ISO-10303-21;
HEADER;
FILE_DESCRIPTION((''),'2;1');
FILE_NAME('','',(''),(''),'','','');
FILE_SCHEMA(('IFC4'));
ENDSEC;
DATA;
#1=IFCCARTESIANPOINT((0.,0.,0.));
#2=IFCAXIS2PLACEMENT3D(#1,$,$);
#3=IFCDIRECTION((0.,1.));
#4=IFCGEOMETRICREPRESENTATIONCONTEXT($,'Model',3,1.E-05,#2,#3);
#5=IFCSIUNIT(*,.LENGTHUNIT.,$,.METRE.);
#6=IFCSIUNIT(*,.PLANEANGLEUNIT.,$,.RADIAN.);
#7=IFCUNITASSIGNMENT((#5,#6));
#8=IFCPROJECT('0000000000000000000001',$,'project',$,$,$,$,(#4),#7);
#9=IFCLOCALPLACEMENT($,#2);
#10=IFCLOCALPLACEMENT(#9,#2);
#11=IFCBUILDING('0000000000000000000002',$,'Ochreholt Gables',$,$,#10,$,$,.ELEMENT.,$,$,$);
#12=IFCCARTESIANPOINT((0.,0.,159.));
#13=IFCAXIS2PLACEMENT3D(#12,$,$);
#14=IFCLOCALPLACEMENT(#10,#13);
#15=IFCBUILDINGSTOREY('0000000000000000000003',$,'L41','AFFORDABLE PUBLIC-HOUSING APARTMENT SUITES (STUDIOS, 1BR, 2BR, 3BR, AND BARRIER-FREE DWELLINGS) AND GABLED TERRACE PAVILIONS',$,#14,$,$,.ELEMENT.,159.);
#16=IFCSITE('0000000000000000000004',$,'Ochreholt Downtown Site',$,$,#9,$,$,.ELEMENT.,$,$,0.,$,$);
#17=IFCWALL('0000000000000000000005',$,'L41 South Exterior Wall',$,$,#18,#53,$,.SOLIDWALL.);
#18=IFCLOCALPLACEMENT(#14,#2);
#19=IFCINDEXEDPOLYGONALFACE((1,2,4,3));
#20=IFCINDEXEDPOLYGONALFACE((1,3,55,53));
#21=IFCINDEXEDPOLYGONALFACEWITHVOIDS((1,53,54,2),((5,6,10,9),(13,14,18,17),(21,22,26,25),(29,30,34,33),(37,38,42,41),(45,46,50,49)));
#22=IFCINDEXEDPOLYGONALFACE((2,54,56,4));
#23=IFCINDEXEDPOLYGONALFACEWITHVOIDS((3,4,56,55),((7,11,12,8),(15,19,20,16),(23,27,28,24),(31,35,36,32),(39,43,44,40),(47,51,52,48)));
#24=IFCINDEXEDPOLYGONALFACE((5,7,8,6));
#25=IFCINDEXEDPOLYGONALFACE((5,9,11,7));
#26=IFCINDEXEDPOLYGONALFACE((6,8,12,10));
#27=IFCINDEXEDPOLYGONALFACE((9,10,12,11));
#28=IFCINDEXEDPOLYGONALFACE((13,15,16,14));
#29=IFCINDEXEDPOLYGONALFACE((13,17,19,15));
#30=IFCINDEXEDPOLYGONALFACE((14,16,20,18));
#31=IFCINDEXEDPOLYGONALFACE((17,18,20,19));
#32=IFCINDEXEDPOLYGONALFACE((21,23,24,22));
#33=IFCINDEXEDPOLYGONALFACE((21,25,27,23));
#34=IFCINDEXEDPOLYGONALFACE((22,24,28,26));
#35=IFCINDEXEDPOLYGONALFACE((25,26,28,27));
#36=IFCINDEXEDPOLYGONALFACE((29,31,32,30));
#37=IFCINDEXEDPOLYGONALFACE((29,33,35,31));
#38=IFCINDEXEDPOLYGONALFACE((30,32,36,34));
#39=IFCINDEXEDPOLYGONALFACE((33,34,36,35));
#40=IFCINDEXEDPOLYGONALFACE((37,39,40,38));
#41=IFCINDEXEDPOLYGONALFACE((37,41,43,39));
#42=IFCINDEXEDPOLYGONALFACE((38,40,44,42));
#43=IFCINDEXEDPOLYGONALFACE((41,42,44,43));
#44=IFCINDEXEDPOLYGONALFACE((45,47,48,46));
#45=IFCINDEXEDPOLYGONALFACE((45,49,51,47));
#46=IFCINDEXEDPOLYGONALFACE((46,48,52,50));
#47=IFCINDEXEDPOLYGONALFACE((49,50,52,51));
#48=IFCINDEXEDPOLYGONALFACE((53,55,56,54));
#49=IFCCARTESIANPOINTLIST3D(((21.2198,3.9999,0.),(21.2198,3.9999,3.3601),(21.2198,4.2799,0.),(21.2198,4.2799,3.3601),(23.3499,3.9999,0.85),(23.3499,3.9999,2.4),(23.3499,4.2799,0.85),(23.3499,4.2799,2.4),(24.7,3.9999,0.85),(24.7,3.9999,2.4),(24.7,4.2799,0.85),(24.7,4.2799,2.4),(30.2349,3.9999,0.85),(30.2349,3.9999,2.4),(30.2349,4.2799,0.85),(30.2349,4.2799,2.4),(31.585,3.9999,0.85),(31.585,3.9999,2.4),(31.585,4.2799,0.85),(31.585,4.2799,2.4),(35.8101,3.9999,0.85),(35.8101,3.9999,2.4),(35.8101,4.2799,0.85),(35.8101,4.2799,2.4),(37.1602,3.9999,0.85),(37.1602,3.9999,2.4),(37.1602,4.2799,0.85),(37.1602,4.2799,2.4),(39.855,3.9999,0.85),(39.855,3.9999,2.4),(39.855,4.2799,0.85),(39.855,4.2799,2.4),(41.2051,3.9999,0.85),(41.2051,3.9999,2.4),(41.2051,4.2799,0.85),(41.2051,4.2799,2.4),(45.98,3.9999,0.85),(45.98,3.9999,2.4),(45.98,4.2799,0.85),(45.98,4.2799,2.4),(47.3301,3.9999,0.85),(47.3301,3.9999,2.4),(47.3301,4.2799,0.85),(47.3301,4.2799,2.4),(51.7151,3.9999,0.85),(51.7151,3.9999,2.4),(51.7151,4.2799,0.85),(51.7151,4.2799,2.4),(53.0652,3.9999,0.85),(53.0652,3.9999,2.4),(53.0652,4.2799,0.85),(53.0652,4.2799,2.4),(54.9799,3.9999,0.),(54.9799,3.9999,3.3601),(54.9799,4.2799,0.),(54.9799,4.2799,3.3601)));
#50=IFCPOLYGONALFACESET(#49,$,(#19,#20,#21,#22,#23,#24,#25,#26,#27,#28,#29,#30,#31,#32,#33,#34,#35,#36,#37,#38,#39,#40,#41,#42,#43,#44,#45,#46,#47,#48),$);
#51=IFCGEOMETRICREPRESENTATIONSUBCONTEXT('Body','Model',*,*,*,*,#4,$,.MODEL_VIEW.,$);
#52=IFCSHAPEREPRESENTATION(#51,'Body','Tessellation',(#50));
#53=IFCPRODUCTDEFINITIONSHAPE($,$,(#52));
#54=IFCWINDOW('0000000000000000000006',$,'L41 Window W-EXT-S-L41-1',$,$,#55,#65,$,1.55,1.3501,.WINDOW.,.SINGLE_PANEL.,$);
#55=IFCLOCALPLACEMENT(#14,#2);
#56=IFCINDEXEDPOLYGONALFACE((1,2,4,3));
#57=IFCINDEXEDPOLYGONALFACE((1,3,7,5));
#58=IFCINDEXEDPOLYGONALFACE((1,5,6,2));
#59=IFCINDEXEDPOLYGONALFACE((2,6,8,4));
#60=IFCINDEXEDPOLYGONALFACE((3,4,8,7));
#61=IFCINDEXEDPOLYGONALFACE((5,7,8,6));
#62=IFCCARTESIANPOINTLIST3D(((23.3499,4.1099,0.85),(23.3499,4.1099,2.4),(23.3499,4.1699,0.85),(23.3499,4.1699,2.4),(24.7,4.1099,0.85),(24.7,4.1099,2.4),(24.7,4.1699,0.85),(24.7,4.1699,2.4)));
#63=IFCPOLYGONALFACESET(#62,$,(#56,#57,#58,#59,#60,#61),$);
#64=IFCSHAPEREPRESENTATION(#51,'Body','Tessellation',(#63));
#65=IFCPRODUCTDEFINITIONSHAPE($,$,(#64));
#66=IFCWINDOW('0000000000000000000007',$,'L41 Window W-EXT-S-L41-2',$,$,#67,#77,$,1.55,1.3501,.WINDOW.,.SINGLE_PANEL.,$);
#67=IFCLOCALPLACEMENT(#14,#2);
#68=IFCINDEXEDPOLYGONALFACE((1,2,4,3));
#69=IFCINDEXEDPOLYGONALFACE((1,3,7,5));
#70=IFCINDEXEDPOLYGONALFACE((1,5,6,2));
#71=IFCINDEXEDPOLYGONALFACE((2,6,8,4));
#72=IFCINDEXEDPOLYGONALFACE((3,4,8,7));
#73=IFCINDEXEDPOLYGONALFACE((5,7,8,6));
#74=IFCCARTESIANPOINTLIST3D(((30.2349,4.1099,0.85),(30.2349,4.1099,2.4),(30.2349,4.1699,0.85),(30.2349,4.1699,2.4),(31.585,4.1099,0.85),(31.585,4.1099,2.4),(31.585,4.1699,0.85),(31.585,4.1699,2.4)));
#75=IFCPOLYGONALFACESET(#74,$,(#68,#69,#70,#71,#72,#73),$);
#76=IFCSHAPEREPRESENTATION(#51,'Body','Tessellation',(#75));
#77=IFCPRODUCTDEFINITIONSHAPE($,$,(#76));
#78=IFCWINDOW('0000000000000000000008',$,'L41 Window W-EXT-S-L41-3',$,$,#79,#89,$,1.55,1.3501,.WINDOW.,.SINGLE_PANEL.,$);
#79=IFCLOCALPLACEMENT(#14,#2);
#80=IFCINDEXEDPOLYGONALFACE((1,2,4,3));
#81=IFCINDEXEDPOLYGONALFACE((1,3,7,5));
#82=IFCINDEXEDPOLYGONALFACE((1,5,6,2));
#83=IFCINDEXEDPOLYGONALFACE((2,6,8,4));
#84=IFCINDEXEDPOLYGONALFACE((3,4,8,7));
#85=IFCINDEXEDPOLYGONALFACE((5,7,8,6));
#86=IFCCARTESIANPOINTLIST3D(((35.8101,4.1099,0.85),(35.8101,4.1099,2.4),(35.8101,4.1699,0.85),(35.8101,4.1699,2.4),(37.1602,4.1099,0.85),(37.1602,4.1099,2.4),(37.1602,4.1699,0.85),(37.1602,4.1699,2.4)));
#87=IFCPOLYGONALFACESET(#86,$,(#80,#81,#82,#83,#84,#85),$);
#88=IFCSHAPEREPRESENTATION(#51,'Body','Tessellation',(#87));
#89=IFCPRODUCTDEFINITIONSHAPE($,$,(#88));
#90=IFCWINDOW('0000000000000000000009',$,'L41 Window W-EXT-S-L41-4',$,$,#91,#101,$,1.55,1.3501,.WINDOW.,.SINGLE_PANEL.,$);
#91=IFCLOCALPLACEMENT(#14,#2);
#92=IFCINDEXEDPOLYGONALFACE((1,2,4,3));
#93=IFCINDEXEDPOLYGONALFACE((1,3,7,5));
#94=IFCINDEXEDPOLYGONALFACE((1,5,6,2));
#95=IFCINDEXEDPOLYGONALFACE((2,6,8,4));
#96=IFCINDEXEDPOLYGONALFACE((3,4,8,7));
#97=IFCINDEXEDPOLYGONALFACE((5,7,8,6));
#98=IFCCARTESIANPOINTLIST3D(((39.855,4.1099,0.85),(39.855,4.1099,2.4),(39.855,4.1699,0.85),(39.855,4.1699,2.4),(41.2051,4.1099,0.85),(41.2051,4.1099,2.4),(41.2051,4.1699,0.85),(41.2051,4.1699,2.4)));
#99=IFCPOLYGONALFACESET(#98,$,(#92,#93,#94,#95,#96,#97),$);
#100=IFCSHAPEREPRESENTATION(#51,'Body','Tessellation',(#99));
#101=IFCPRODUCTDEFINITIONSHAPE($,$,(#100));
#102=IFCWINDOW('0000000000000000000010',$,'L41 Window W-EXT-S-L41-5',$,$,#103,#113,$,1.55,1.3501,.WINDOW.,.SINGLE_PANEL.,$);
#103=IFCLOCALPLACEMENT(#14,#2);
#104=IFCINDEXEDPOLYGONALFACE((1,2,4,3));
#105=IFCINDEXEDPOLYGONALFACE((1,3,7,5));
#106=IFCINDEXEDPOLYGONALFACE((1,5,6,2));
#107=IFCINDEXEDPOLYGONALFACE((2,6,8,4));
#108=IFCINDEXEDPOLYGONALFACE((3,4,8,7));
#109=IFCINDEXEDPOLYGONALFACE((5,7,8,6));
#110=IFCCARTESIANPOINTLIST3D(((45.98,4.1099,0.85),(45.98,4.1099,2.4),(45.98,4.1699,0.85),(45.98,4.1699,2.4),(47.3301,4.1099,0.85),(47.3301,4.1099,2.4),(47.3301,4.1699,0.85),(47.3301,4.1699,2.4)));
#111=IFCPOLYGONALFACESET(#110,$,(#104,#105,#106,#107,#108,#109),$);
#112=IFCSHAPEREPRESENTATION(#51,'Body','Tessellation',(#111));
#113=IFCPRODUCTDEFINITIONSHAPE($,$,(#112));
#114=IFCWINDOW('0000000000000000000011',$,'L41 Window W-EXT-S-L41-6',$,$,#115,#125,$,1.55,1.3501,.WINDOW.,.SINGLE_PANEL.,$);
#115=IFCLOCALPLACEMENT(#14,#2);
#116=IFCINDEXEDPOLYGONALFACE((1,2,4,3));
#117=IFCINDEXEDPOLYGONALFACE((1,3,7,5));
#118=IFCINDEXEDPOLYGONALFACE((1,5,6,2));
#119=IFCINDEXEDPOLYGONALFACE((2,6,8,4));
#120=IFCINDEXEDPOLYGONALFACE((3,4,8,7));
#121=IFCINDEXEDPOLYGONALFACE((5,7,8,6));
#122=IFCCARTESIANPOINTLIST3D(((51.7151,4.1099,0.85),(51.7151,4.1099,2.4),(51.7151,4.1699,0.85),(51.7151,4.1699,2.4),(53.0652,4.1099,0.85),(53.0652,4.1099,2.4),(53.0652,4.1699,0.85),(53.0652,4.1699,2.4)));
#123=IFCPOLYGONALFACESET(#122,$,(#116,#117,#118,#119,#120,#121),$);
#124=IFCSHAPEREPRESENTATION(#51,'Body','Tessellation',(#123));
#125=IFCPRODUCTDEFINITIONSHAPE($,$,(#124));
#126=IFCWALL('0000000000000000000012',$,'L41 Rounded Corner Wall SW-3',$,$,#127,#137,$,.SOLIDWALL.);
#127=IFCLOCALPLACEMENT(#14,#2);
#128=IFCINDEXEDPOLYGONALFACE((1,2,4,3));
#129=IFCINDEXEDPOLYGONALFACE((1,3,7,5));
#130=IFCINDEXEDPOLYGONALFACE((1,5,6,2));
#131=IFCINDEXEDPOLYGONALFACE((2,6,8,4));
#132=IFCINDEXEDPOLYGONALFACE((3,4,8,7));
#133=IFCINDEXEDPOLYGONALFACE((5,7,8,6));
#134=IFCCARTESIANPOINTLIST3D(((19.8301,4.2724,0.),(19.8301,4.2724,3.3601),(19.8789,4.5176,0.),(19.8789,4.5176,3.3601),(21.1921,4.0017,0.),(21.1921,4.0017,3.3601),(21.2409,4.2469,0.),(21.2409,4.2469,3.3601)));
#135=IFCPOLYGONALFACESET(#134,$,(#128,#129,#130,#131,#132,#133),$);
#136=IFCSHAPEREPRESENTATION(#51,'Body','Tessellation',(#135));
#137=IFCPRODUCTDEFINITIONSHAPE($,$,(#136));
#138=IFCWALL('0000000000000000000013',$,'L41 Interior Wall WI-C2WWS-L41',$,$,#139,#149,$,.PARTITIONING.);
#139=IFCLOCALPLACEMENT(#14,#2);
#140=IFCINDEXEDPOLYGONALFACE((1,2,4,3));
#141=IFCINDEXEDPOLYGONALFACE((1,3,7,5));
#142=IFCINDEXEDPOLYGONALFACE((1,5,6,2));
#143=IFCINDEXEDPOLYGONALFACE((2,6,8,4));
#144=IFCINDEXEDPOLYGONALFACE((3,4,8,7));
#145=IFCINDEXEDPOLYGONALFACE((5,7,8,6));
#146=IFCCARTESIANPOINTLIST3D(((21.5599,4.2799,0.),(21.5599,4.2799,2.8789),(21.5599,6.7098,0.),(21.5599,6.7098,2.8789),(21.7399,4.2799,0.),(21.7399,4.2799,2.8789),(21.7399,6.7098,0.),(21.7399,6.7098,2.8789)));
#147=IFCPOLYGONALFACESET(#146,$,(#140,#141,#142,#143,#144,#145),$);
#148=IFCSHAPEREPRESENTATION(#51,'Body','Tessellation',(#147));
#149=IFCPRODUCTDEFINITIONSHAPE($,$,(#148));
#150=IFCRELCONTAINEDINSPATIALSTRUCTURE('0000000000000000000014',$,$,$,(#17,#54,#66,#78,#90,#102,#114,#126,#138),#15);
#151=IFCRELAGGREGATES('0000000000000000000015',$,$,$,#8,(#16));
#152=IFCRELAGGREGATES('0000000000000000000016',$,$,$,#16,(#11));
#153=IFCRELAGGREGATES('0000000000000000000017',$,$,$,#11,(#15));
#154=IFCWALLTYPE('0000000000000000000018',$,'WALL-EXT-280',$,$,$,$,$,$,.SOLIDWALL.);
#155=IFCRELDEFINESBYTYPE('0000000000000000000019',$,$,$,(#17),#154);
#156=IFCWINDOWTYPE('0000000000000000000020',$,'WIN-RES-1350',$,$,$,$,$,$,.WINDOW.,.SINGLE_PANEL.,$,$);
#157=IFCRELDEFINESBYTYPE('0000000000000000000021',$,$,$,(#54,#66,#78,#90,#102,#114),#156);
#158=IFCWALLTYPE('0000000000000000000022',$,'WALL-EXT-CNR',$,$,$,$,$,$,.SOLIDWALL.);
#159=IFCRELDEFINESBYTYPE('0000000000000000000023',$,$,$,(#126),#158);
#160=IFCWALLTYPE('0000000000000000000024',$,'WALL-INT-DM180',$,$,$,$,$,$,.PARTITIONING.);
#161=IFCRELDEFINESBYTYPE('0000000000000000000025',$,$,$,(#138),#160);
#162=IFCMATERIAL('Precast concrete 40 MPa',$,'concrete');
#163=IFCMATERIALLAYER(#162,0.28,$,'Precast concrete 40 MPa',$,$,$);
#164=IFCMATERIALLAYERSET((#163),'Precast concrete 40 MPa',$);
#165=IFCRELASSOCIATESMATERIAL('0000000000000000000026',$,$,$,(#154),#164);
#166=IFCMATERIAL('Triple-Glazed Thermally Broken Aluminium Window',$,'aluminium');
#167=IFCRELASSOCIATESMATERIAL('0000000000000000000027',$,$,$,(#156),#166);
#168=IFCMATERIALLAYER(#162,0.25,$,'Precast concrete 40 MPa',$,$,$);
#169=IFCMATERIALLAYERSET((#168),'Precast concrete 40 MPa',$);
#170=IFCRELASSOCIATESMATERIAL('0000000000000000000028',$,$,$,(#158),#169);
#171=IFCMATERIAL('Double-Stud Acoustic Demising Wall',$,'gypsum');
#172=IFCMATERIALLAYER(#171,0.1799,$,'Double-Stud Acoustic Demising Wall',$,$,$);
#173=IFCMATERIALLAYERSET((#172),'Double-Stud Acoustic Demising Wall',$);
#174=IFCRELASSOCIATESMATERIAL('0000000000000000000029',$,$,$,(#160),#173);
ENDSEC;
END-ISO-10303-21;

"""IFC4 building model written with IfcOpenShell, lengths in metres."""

from ifc_helpers import new_model, si_unit, direction, frame, frame_2d, origin, place, context, subcontext, project, spatial, rectangle, extrude, material, layer, layer_set, type_object, element, fill, save


model = new_model("IFC4")

# Units and contexts
model_context = context("Model", 3, precision=1e-05, world=origin(), true_north=direction((0.0, 1.0)))
body_context = subcontext(model_context, "Body", "Model", "MODEL_VIEW")
ifc_project = project(units=[si_unit("LENGTHUNIT", "METRE"), si_unit("PLANEANGLEUNIT", "RADIAN")], contexts=[model_context])

# Site, building, storey
site_placement = place(None, origin())
site = spatial("IfcSite", under=ifc_project, at=site_placement, Name="Ochreholt Downtown Site", CompositionType="ELEMENT", RefElevation=0.0)
building_placement = place(site_placement, origin())
building = spatial("IfcBuilding", under=site, at=building_placement, Name="Ochreholt Gables", CompositionType="ELEMENT")
storey_placement = place(building_placement, frame((0.0, 0.0, 159.0)))
storey = spatial("IfcBuildingStorey", under=building, at=storey_placement, Name="L41", Description="AFFORDABLE PUBLIC-HOUSING APARTMENT SUITES (STUDIOS, 1BR, 2BR, 3BR, AND BARRIER-FREE DWELLINGS) AND GABLED TERRACE PAVILIONS", CompositionType="ELEMENT", Elevation=159.0)

# Wall, openings, windows
ifc_material_1 = material(Name="Precast concrete 40 MPa", Category="concrete")
ifc_layer_1 = layer(ifc_material_1, 0.28, Name="Precast concrete 40 MPa")
ifc_layer_set_1 = layer_set([ifc_layer_1], Name="Precast concrete 40 MPa")
wall_type_1 = type_object("IfcWallType", Name="WALL-EXT-280", PredefinedType="SOLIDWALL", material=ifc_layer_set_1)
wall_1_placement = place(storey_placement, frame((21.22, 4.1399, 0.0), z_axis=(0.0, 0.0, 1.0), x_axis=(1.0, 0.0, 0.0)))
wall_1 = element("IfcWall", 1, at=wall_1_placement, inside=storey, type_object=wall_type_1, Name="L41 South Exterior Wall", PredefinedType="SOLIDWALL", context=body_context, shape_type="SweptSolid", body=[
    extrude(rectangle(XDim=33.76, YDim=0.28, at=frame_2d((16.8799, 0.0))), origin(), (0.0, 0.0, 1.0), 3.3601),
])
opening_1_placement = place(wall_1_placement, frame((2.1299, 0.0, 0.8501)))
opening_1 = element("IfcOpeningElement", 2, at=opening_1_placement, cuts=wall_1, PredefinedType="OPENING", context=body_context, shape_type="SweptSolid", body=[
    extrude(rectangle(XDim=1.3501, YDim=1.55, at=frame_2d((0.675, 0.7749))), frame((0.0, 0.1499, 0.0), z_axis=(0.0, -1.0, 0.0), x_axis=(1.0, 0.0, 0.0)), (0.0, 0.0, 1.0), 0.3),
])
opening_2_placement = place(wall_1_placement, frame((9.0149, 0.0, 0.8501)))
opening_2 = element("IfcOpeningElement", 3, at=opening_2_placement, cuts=wall_1, PredefinedType="OPENING", context=body_context, shape_type="SweptSolid", body=[
    extrude(rectangle(XDim=1.3501, YDim=1.55, at=frame_2d((0.675, 0.7749))), frame((0.0, 0.1499, 0.0), z_axis=(0.0, -1.0, 0.0), x_axis=(1.0, 0.0, 0.0)), (0.0, 0.0, 1.0), 0.3),
])
opening_3_placement = place(wall_1_placement, frame((14.5901, 0.0, 0.8501)))
opening_3 = element("IfcOpeningElement", 4, at=opening_3_placement, cuts=wall_1, PredefinedType="OPENING", context=body_context, shape_type="SweptSolid", body=[
    extrude(rectangle(XDim=1.3501, YDim=1.55, at=frame_2d((0.675, 0.7749))), frame((0.0, 0.1499, 0.0), z_axis=(0.0, -1.0, 0.0), x_axis=(1.0, 0.0, 0.0)), (0.0, 0.0, 1.0), 0.3),
])
opening_4_placement = place(wall_1_placement, frame((18.635, 0.0, 0.8501)))
opening_4 = element("IfcOpeningElement", 5, at=opening_4_placement, cuts=wall_1, PredefinedType="OPENING", context=body_context, shape_type="SweptSolid", body=[
    extrude(rectangle(XDim=1.3501, YDim=1.55, at=frame_2d((0.675, 0.7749))), frame((0.0, 0.1499, 0.0), z_axis=(0.0, -1.0, 0.0), x_axis=(1.0, 0.0, 0.0)), (0.0, 0.0, 1.0), 0.3),
])
opening_5_placement = place(wall_1_placement, frame((24.76, 0.0, 0.8501)))
opening_5 = element("IfcOpeningElement", 6, at=opening_5_placement, cuts=wall_1, PredefinedType="OPENING", context=body_context, shape_type="SweptSolid", body=[
    extrude(rectangle(XDim=1.3501, YDim=1.55, at=frame_2d((0.675, 0.7749))), frame((0.0, 0.1499, 0.0), z_axis=(0.0, -1.0, 0.0), x_axis=(1.0, 0.0, 0.0)), (0.0, 0.0, 1.0), 0.3),
])
opening_6_placement = place(wall_1_placement, frame((30.4951, 0.0, 0.8501)))
opening_6 = element("IfcOpeningElement", 7, at=opening_6_placement, cuts=wall_1, PredefinedType="OPENING", context=body_context, shape_type="SweptSolid", body=[
    extrude(rectangle(XDim=1.3501, YDim=1.55, at=frame_2d((0.675, 0.7749))), frame((0.0, 0.1499, 0.0), z_axis=(0.0, -1.0, 0.0), x_axis=(1.0, 0.0, 0.0)), (0.0, 0.0, 1.0), 0.3),
])
ifc_material_2 = material(Name="Triple-Glazed Thermally Broken Aluminium Window", Category="aluminium")
window_type = type_object("IfcWindowType", Name="WIN-RES-1350", PartitioningType="SINGLE_PANEL", PredefinedType="WINDOW", material=ifc_material_2)
window_1_placement = place(opening_1_placement, origin())
window_1 = element("IfcWindow", 8, at=window_1_placement, inside=storey, type_object=window_type, Name="L41 Window W-EXT-S-L41-1", OverallHeight=1.55, OverallWidth=1.3501, PartitioningType="SINGLE_PANEL", PredefinedType="WINDOW", context=body_context, shape_type="SweptSolid", body=[
    extrude(rectangle(XDim=1.3501, YDim=1.55, at=frame_2d((0.675, 0.7749))), frame((0.0, 0.03, 0.0), z_axis=(0.0, -1.0, 0.0), x_axis=(1.0, 0.0, 0.0)), (0.0, 0.0, 1.0), 0.0601),
])
fill(opening_1, window_1)
window_2_placement = place(opening_2_placement, origin())
window_2 = element("IfcWindow", 9, at=window_2_placement, inside=storey, type_object=window_type, Name="L41 Window W-EXT-S-L41-2", OverallHeight=1.55, OverallWidth=1.3501, PartitioningType="SINGLE_PANEL", PredefinedType="WINDOW", context=body_context, shape_type="SweptSolid", body=[
    extrude(rectangle(XDim=1.3501, YDim=1.55, at=frame_2d((0.675, 0.7749))), frame((0.0, 0.03, 0.0), z_axis=(0.0, -1.0, 0.0), x_axis=(1.0, 0.0, 0.0)), (0.0, 0.0, 1.0), 0.0601),
])
fill(opening_2, window_2)
window_3_placement = place(opening_3_placement, origin())
window_3 = element("IfcWindow", 10, at=window_3_placement, inside=storey, type_object=window_type, Name="L41 Window W-EXT-S-L41-3", OverallHeight=1.55, OverallWidth=1.3501, PartitioningType="SINGLE_PANEL", PredefinedType="WINDOW", context=body_context, shape_type="SweptSolid", body=[
    extrude(rectangle(XDim=1.3501, YDim=1.55, at=frame_2d((0.675, 0.7749))), frame((0.0, 0.03, 0.0), z_axis=(0.0, -1.0, 0.0), x_axis=(1.0, 0.0, 0.0)), (0.0, 0.0, 1.0), 0.0601),
])
fill(opening_3, window_3)
window_4_placement = place(opening_4_placement, origin())
window_4 = element("IfcWindow", 11, at=window_4_placement, inside=storey, type_object=window_type, Name="L41 Window W-EXT-S-L41-4", OverallHeight=1.55, OverallWidth=1.3501, PartitioningType="SINGLE_PANEL", PredefinedType="WINDOW", context=body_context, shape_type="SweptSolid", body=[
    extrude(rectangle(XDim=1.3501, YDim=1.55, at=frame_2d((0.675, 0.7749))), frame((0.0, 0.03, 0.0), z_axis=(0.0, -1.0, 0.0), x_axis=(1.0, 0.0, 0.0)), (0.0, 0.0, 1.0), 0.0601),
])
fill(opening_4, window_4)
window_5_placement = place(opening_5_placement, origin())
window_5 = element("IfcWindow", 12, at=window_5_placement, inside=storey, type_object=window_type, Name="L41 Window W-EXT-S-L41-5", OverallHeight=1.55, OverallWidth=1.3501, PartitioningType="SINGLE_PANEL", PredefinedType="WINDOW", context=body_context, shape_type="SweptSolid", body=[
    extrude(rectangle(XDim=1.3501, YDim=1.55, at=frame_2d((0.675, 0.7749))), frame((0.0, 0.03, 0.0), z_axis=(0.0, -1.0, 0.0), x_axis=(1.0, 0.0, 0.0)), (0.0, 0.0, 1.0), 0.0601),
])
fill(opening_5, window_5)
window_6_placement = place(opening_6_placement, origin())
window_6 = element("IfcWindow", 13, at=window_6_placement, inside=storey, type_object=window_type, Name="L41 Window W-EXT-S-L41-6", OverallHeight=1.55, OverallWidth=1.3501, PartitioningType="SINGLE_PANEL", PredefinedType="WINDOW", context=body_context, shape_type="SweptSolid", body=[
    extrude(rectangle(XDim=1.3501, YDim=1.55, at=frame_2d((0.675, 0.7749))), frame((0.0, 0.03, 0.0), z_axis=(0.0, -1.0, 0.0), x_axis=(1.0, 0.0, 0.0)), (0.0, 0.0, 1.0), 0.0601),
])
fill(opening_6, window_6)

# Wall
ifc_layer_2 = layer(ifc_material_1, 0.25, Name="Precast concrete 40 MPa")
ifc_layer_set_2 = layer_set([ifc_layer_2], Name="Precast concrete 40 MPa")
wall_type_2 = type_object("IfcWallType", Name="WALL-EXT-CNR", PredefinedType="SOLIDWALL", material=ifc_layer_set_2)
wall_2_placement = place(storey_placement, frame((19.8545, 4.395, 0.0), z_axis=(0.0, 0.0, 1.0), x_axis=(0.98081, -0.194967, 0.0)))
element("IfcWall", 14, at=wall_2_placement, inside=storey, type_object=wall_type_2, Name="L41 Rounded Corner Wall SW-3", PredefinedType="SOLIDWALL", context=body_context, shape_type="SweptSolid", body=[
    extrude(rectangle(XDim=1.3887, YDim=0.25, at=frame_2d((0.6943, 0.0))), origin(), (0.0, 0.0, 1.0), 3.3601),
])

# Wall
ifc_material_3 = material(Name="Double-Stud Acoustic Demising Wall", Category="gypsum")
ifc_layer_3 = layer(ifc_material_3, 0.1799, Name="Double-Stud Acoustic Demising Wall")
ifc_layer_set_3 = layer_set([ifc_layer_3], Name="Double-Stud Acoustic Demising Wall")
wall_type_3 = type_object("IfcWallType", Name="WALL-INT-DM180", PredefinedType="PARTITIONING", material=ifc_layer_set_3)
wall_3_placement = place(storey_placement, frame((21.6499, 4.28, 0.0), z_axis=(0.0, 0.0, 1.0), x_axis=(0.0, 1.0, 0.0)))
element("IfcWall", 15, at=wall_3_placement, inside=storey, type_object=wall_type_3, Name="L41 Interior Wall WI-C2WWS-L41", PredefinedType="PARTITIONING", context=body_context, shape_type="SweptSolid", body=[
    extrude(rectangle(XDim=2.4299, YDim=0.1799, at=frame_2d((1.2148, 0.0))), origin(), (0.0, 0.0, 1.0), 2.8789),
])

save(model, "model.ifc")
